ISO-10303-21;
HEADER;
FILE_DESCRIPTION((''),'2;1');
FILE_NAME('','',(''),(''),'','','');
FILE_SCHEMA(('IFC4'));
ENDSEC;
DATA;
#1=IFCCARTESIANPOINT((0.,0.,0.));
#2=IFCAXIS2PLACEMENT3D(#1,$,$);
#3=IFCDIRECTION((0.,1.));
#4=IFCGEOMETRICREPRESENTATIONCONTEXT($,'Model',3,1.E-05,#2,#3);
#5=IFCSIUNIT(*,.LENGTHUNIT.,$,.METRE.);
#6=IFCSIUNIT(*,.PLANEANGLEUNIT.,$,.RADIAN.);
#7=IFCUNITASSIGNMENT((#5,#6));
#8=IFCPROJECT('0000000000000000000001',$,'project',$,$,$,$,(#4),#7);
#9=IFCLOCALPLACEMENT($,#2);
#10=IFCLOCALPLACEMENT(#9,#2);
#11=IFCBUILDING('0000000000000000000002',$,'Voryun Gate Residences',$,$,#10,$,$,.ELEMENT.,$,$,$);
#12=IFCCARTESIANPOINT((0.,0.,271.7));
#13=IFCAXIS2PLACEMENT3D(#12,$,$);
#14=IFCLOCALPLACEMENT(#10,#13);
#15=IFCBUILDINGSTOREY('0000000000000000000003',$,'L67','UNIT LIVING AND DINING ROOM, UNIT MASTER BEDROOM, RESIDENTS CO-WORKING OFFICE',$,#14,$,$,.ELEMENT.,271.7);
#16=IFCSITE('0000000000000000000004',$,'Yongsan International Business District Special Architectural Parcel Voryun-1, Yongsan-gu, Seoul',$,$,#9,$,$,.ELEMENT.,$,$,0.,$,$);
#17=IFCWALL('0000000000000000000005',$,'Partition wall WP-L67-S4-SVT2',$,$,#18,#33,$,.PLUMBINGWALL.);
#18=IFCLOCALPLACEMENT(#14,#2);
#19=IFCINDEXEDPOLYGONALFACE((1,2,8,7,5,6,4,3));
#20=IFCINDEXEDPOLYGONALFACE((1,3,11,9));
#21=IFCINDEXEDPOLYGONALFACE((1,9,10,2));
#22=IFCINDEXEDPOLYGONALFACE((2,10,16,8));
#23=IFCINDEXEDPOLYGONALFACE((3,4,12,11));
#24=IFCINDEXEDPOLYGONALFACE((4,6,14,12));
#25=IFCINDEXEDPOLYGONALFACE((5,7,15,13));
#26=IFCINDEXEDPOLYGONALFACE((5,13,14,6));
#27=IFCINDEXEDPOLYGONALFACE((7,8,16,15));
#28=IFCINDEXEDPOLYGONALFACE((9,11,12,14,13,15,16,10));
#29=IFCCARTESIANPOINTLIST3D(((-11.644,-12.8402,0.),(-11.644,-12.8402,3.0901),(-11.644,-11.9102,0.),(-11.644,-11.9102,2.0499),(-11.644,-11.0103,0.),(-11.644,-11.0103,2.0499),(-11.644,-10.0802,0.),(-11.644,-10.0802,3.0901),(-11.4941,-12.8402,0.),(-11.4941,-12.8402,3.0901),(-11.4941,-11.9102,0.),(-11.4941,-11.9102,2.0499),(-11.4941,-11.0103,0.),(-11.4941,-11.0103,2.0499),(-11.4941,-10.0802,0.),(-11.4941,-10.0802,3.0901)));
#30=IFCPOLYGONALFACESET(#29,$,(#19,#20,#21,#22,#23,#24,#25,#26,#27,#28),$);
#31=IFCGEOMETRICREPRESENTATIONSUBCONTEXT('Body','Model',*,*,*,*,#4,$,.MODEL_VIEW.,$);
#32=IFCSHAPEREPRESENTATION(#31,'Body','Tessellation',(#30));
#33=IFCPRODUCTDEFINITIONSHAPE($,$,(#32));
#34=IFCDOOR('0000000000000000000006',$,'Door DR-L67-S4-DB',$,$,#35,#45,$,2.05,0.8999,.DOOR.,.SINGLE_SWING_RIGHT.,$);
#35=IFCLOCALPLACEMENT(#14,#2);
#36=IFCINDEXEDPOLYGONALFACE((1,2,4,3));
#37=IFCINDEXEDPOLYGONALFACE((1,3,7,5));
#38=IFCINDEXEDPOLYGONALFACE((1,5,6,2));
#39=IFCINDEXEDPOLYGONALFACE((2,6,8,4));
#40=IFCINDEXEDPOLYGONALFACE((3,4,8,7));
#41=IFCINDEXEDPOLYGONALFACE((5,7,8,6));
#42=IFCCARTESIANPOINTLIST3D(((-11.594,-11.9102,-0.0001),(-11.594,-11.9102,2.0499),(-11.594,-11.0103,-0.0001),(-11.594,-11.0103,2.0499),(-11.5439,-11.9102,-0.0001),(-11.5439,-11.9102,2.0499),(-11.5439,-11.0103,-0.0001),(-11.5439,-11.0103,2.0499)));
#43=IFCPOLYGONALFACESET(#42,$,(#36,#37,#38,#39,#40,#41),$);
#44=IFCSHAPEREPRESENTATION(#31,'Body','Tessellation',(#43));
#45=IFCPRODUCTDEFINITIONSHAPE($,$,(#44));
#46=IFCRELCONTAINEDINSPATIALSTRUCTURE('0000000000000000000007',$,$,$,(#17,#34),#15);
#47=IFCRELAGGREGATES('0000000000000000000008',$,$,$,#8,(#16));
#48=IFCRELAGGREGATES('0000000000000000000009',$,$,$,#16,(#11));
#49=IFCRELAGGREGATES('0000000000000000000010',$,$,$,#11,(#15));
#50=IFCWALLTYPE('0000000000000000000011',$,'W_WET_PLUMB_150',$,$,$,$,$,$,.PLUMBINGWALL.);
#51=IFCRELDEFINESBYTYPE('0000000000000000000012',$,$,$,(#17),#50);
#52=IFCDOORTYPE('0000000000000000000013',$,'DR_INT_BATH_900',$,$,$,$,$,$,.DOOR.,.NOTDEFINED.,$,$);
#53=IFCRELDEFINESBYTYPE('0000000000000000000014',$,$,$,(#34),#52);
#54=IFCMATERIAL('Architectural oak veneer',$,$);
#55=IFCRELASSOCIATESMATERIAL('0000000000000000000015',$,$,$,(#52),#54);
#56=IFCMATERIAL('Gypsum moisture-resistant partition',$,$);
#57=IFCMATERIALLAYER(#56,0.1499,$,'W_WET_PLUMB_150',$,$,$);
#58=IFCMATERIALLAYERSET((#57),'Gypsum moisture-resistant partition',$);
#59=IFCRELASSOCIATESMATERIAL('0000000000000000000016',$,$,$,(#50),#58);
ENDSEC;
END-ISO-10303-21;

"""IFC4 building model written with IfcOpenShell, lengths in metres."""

from ifc_helpers import new_model, si_unit, direction, frame, frame_2d, origin, place, context, subcontext, project, spatial, rectangle, extrude, material, layer, layer_set, type_object, element, fill, save


model = new_model("IFC4")

# Units and contexts
model_context = context("Model", 3, precision=1e-05, world=origin(), true_north=direction((0.0, 1.0)))
body_context = subcontext(model_context, "Body", "Model", "MODEL_VIEW")
ifc_project = project(units=[si_unit("LENGTHUNIT", "METRE"), si_unit("PLANEANGLEUNIT", "RADIAN")], contexts=[model_context])

# Site, building, storey
site_placement = place(None, origin())
site = spatial("IfcSite", under=ifc_project, at=site_placement, Name="Yongsan International Business District Special Architectural Parcel Voryun-1, Yongsan-gu, Seoul", CompositionType="ELEMENT", RefElevation=0.0)
building_placement = place(site_placement, origin())
building = spatial("IfcBuilding", under=site, at=building_placement, Name="Voryun Gate Residences", CompositionType="ELEMENT")
storey_placement = place(building_placement, frame((0.0, 0.0, 271.7)))
storey = spatial("IfcBuildingStorey", under=building, at=storey_placement, Name="L67", Description="UNIT LIVING AND DINING ROOM, UNIT MASTER BEDROOM, RESIDENTS CO-WORKING OFFICE", CompositionType="ELEMENT", Elevation=271.7)

# Shared definitions
ifc_material_1 = material(Name="Architectural oak veneer")
door_type_1 = type_object("IfcDoorType", Name="DR_INT_BATH_900", OperationType="NOTDEFINED", PredefinedType="DOOR", material=ifc_material_1)

# Wall, opening, door
ifc_material_2 = material(Name="Gypsum moisture-resistant partition")
ifc_layer_1 = layer(ifc_material_2, 0.1499, Name="W_WET_PLUMB_150")
ifc_layer_set_1 = layer_set([ifc_layer_1], Name="Gypsum moisture-resistant partition")
wall_type_1 = type_object("IfcWallType", Name="W_WET_PLUMB_150", PredefinedType="PLUMBINGWALL", material=ifc_layer_set_1)
wall_1_placement = place(storey_placement, frame((-11.5691, -12.8401, 0.0), z_axis=(0.0, 0.0, 1.0), x_axis=(0.0, 1.0, 0.0)))
wall_1 = element("IfcWall", 1, at=wall_1_placement, inside=storey, type_object=wall_type_1, Name="Partition wall WP-L67-S4-SVT2", PredefinedType="PLUMBINGWALL", context=body_context, shape_type="SweptSolid", body=[
    extrude(rectangle(XDim=2.76, YDim=0.1499, at=frame_2d((1.3799, 0.0))), origin(), (0.0, 0.0, 1.0), 3.0901),
])
opening_1_placement = place(wall_1_placement, frame((0.9299, 0.0, 0.0)))
opening_1 = element("IfcOpeningElement", 2, at=opening_1_placement, cuts=wall_1, PredefinedType="OPENING", context=body_context, shape_type="SweptSolid", body=[
    extrude(rectangle(XDim=0.8999, YDim=2.05, at=frame_2d((0.45, 1.0249))), frame((0.0, 0.085, 0.0), z_axis=(0.0, -1.0, 0.0), x_axis=(1.0, 0.0, 0.0)), (0.0, 0.0, 1.0), 0.1699),
])
door_1_placement = place(opening_1_placement, origin())
door_1 = element("IfcDoor", 3, at=door_1_placement, inside=storey, type_object=door_type_1, Name="Door DR-L67-S4-DB", OperationType="SINGLE_SWING_RIGHT", OverallHeight=2.05, OverallWidth=0.8999, PredefinedType="DOOR", context=body_context, shape_type="SweptSolid", body=[
    extrude(rectangle(XDim=0.8999, YDim=2.05, at=frame_2d((0.45, 1.0249))), frame((0.0, 0.0249, 0.0), z_axis=(0.0, -1.0, 0.0), x_axis=(1.0, 0.0, 0.0)), (0.0, 0.0, 1.0), 0.05),
])
fill(opening_1, door_1)

save(model, "model.ifc")
